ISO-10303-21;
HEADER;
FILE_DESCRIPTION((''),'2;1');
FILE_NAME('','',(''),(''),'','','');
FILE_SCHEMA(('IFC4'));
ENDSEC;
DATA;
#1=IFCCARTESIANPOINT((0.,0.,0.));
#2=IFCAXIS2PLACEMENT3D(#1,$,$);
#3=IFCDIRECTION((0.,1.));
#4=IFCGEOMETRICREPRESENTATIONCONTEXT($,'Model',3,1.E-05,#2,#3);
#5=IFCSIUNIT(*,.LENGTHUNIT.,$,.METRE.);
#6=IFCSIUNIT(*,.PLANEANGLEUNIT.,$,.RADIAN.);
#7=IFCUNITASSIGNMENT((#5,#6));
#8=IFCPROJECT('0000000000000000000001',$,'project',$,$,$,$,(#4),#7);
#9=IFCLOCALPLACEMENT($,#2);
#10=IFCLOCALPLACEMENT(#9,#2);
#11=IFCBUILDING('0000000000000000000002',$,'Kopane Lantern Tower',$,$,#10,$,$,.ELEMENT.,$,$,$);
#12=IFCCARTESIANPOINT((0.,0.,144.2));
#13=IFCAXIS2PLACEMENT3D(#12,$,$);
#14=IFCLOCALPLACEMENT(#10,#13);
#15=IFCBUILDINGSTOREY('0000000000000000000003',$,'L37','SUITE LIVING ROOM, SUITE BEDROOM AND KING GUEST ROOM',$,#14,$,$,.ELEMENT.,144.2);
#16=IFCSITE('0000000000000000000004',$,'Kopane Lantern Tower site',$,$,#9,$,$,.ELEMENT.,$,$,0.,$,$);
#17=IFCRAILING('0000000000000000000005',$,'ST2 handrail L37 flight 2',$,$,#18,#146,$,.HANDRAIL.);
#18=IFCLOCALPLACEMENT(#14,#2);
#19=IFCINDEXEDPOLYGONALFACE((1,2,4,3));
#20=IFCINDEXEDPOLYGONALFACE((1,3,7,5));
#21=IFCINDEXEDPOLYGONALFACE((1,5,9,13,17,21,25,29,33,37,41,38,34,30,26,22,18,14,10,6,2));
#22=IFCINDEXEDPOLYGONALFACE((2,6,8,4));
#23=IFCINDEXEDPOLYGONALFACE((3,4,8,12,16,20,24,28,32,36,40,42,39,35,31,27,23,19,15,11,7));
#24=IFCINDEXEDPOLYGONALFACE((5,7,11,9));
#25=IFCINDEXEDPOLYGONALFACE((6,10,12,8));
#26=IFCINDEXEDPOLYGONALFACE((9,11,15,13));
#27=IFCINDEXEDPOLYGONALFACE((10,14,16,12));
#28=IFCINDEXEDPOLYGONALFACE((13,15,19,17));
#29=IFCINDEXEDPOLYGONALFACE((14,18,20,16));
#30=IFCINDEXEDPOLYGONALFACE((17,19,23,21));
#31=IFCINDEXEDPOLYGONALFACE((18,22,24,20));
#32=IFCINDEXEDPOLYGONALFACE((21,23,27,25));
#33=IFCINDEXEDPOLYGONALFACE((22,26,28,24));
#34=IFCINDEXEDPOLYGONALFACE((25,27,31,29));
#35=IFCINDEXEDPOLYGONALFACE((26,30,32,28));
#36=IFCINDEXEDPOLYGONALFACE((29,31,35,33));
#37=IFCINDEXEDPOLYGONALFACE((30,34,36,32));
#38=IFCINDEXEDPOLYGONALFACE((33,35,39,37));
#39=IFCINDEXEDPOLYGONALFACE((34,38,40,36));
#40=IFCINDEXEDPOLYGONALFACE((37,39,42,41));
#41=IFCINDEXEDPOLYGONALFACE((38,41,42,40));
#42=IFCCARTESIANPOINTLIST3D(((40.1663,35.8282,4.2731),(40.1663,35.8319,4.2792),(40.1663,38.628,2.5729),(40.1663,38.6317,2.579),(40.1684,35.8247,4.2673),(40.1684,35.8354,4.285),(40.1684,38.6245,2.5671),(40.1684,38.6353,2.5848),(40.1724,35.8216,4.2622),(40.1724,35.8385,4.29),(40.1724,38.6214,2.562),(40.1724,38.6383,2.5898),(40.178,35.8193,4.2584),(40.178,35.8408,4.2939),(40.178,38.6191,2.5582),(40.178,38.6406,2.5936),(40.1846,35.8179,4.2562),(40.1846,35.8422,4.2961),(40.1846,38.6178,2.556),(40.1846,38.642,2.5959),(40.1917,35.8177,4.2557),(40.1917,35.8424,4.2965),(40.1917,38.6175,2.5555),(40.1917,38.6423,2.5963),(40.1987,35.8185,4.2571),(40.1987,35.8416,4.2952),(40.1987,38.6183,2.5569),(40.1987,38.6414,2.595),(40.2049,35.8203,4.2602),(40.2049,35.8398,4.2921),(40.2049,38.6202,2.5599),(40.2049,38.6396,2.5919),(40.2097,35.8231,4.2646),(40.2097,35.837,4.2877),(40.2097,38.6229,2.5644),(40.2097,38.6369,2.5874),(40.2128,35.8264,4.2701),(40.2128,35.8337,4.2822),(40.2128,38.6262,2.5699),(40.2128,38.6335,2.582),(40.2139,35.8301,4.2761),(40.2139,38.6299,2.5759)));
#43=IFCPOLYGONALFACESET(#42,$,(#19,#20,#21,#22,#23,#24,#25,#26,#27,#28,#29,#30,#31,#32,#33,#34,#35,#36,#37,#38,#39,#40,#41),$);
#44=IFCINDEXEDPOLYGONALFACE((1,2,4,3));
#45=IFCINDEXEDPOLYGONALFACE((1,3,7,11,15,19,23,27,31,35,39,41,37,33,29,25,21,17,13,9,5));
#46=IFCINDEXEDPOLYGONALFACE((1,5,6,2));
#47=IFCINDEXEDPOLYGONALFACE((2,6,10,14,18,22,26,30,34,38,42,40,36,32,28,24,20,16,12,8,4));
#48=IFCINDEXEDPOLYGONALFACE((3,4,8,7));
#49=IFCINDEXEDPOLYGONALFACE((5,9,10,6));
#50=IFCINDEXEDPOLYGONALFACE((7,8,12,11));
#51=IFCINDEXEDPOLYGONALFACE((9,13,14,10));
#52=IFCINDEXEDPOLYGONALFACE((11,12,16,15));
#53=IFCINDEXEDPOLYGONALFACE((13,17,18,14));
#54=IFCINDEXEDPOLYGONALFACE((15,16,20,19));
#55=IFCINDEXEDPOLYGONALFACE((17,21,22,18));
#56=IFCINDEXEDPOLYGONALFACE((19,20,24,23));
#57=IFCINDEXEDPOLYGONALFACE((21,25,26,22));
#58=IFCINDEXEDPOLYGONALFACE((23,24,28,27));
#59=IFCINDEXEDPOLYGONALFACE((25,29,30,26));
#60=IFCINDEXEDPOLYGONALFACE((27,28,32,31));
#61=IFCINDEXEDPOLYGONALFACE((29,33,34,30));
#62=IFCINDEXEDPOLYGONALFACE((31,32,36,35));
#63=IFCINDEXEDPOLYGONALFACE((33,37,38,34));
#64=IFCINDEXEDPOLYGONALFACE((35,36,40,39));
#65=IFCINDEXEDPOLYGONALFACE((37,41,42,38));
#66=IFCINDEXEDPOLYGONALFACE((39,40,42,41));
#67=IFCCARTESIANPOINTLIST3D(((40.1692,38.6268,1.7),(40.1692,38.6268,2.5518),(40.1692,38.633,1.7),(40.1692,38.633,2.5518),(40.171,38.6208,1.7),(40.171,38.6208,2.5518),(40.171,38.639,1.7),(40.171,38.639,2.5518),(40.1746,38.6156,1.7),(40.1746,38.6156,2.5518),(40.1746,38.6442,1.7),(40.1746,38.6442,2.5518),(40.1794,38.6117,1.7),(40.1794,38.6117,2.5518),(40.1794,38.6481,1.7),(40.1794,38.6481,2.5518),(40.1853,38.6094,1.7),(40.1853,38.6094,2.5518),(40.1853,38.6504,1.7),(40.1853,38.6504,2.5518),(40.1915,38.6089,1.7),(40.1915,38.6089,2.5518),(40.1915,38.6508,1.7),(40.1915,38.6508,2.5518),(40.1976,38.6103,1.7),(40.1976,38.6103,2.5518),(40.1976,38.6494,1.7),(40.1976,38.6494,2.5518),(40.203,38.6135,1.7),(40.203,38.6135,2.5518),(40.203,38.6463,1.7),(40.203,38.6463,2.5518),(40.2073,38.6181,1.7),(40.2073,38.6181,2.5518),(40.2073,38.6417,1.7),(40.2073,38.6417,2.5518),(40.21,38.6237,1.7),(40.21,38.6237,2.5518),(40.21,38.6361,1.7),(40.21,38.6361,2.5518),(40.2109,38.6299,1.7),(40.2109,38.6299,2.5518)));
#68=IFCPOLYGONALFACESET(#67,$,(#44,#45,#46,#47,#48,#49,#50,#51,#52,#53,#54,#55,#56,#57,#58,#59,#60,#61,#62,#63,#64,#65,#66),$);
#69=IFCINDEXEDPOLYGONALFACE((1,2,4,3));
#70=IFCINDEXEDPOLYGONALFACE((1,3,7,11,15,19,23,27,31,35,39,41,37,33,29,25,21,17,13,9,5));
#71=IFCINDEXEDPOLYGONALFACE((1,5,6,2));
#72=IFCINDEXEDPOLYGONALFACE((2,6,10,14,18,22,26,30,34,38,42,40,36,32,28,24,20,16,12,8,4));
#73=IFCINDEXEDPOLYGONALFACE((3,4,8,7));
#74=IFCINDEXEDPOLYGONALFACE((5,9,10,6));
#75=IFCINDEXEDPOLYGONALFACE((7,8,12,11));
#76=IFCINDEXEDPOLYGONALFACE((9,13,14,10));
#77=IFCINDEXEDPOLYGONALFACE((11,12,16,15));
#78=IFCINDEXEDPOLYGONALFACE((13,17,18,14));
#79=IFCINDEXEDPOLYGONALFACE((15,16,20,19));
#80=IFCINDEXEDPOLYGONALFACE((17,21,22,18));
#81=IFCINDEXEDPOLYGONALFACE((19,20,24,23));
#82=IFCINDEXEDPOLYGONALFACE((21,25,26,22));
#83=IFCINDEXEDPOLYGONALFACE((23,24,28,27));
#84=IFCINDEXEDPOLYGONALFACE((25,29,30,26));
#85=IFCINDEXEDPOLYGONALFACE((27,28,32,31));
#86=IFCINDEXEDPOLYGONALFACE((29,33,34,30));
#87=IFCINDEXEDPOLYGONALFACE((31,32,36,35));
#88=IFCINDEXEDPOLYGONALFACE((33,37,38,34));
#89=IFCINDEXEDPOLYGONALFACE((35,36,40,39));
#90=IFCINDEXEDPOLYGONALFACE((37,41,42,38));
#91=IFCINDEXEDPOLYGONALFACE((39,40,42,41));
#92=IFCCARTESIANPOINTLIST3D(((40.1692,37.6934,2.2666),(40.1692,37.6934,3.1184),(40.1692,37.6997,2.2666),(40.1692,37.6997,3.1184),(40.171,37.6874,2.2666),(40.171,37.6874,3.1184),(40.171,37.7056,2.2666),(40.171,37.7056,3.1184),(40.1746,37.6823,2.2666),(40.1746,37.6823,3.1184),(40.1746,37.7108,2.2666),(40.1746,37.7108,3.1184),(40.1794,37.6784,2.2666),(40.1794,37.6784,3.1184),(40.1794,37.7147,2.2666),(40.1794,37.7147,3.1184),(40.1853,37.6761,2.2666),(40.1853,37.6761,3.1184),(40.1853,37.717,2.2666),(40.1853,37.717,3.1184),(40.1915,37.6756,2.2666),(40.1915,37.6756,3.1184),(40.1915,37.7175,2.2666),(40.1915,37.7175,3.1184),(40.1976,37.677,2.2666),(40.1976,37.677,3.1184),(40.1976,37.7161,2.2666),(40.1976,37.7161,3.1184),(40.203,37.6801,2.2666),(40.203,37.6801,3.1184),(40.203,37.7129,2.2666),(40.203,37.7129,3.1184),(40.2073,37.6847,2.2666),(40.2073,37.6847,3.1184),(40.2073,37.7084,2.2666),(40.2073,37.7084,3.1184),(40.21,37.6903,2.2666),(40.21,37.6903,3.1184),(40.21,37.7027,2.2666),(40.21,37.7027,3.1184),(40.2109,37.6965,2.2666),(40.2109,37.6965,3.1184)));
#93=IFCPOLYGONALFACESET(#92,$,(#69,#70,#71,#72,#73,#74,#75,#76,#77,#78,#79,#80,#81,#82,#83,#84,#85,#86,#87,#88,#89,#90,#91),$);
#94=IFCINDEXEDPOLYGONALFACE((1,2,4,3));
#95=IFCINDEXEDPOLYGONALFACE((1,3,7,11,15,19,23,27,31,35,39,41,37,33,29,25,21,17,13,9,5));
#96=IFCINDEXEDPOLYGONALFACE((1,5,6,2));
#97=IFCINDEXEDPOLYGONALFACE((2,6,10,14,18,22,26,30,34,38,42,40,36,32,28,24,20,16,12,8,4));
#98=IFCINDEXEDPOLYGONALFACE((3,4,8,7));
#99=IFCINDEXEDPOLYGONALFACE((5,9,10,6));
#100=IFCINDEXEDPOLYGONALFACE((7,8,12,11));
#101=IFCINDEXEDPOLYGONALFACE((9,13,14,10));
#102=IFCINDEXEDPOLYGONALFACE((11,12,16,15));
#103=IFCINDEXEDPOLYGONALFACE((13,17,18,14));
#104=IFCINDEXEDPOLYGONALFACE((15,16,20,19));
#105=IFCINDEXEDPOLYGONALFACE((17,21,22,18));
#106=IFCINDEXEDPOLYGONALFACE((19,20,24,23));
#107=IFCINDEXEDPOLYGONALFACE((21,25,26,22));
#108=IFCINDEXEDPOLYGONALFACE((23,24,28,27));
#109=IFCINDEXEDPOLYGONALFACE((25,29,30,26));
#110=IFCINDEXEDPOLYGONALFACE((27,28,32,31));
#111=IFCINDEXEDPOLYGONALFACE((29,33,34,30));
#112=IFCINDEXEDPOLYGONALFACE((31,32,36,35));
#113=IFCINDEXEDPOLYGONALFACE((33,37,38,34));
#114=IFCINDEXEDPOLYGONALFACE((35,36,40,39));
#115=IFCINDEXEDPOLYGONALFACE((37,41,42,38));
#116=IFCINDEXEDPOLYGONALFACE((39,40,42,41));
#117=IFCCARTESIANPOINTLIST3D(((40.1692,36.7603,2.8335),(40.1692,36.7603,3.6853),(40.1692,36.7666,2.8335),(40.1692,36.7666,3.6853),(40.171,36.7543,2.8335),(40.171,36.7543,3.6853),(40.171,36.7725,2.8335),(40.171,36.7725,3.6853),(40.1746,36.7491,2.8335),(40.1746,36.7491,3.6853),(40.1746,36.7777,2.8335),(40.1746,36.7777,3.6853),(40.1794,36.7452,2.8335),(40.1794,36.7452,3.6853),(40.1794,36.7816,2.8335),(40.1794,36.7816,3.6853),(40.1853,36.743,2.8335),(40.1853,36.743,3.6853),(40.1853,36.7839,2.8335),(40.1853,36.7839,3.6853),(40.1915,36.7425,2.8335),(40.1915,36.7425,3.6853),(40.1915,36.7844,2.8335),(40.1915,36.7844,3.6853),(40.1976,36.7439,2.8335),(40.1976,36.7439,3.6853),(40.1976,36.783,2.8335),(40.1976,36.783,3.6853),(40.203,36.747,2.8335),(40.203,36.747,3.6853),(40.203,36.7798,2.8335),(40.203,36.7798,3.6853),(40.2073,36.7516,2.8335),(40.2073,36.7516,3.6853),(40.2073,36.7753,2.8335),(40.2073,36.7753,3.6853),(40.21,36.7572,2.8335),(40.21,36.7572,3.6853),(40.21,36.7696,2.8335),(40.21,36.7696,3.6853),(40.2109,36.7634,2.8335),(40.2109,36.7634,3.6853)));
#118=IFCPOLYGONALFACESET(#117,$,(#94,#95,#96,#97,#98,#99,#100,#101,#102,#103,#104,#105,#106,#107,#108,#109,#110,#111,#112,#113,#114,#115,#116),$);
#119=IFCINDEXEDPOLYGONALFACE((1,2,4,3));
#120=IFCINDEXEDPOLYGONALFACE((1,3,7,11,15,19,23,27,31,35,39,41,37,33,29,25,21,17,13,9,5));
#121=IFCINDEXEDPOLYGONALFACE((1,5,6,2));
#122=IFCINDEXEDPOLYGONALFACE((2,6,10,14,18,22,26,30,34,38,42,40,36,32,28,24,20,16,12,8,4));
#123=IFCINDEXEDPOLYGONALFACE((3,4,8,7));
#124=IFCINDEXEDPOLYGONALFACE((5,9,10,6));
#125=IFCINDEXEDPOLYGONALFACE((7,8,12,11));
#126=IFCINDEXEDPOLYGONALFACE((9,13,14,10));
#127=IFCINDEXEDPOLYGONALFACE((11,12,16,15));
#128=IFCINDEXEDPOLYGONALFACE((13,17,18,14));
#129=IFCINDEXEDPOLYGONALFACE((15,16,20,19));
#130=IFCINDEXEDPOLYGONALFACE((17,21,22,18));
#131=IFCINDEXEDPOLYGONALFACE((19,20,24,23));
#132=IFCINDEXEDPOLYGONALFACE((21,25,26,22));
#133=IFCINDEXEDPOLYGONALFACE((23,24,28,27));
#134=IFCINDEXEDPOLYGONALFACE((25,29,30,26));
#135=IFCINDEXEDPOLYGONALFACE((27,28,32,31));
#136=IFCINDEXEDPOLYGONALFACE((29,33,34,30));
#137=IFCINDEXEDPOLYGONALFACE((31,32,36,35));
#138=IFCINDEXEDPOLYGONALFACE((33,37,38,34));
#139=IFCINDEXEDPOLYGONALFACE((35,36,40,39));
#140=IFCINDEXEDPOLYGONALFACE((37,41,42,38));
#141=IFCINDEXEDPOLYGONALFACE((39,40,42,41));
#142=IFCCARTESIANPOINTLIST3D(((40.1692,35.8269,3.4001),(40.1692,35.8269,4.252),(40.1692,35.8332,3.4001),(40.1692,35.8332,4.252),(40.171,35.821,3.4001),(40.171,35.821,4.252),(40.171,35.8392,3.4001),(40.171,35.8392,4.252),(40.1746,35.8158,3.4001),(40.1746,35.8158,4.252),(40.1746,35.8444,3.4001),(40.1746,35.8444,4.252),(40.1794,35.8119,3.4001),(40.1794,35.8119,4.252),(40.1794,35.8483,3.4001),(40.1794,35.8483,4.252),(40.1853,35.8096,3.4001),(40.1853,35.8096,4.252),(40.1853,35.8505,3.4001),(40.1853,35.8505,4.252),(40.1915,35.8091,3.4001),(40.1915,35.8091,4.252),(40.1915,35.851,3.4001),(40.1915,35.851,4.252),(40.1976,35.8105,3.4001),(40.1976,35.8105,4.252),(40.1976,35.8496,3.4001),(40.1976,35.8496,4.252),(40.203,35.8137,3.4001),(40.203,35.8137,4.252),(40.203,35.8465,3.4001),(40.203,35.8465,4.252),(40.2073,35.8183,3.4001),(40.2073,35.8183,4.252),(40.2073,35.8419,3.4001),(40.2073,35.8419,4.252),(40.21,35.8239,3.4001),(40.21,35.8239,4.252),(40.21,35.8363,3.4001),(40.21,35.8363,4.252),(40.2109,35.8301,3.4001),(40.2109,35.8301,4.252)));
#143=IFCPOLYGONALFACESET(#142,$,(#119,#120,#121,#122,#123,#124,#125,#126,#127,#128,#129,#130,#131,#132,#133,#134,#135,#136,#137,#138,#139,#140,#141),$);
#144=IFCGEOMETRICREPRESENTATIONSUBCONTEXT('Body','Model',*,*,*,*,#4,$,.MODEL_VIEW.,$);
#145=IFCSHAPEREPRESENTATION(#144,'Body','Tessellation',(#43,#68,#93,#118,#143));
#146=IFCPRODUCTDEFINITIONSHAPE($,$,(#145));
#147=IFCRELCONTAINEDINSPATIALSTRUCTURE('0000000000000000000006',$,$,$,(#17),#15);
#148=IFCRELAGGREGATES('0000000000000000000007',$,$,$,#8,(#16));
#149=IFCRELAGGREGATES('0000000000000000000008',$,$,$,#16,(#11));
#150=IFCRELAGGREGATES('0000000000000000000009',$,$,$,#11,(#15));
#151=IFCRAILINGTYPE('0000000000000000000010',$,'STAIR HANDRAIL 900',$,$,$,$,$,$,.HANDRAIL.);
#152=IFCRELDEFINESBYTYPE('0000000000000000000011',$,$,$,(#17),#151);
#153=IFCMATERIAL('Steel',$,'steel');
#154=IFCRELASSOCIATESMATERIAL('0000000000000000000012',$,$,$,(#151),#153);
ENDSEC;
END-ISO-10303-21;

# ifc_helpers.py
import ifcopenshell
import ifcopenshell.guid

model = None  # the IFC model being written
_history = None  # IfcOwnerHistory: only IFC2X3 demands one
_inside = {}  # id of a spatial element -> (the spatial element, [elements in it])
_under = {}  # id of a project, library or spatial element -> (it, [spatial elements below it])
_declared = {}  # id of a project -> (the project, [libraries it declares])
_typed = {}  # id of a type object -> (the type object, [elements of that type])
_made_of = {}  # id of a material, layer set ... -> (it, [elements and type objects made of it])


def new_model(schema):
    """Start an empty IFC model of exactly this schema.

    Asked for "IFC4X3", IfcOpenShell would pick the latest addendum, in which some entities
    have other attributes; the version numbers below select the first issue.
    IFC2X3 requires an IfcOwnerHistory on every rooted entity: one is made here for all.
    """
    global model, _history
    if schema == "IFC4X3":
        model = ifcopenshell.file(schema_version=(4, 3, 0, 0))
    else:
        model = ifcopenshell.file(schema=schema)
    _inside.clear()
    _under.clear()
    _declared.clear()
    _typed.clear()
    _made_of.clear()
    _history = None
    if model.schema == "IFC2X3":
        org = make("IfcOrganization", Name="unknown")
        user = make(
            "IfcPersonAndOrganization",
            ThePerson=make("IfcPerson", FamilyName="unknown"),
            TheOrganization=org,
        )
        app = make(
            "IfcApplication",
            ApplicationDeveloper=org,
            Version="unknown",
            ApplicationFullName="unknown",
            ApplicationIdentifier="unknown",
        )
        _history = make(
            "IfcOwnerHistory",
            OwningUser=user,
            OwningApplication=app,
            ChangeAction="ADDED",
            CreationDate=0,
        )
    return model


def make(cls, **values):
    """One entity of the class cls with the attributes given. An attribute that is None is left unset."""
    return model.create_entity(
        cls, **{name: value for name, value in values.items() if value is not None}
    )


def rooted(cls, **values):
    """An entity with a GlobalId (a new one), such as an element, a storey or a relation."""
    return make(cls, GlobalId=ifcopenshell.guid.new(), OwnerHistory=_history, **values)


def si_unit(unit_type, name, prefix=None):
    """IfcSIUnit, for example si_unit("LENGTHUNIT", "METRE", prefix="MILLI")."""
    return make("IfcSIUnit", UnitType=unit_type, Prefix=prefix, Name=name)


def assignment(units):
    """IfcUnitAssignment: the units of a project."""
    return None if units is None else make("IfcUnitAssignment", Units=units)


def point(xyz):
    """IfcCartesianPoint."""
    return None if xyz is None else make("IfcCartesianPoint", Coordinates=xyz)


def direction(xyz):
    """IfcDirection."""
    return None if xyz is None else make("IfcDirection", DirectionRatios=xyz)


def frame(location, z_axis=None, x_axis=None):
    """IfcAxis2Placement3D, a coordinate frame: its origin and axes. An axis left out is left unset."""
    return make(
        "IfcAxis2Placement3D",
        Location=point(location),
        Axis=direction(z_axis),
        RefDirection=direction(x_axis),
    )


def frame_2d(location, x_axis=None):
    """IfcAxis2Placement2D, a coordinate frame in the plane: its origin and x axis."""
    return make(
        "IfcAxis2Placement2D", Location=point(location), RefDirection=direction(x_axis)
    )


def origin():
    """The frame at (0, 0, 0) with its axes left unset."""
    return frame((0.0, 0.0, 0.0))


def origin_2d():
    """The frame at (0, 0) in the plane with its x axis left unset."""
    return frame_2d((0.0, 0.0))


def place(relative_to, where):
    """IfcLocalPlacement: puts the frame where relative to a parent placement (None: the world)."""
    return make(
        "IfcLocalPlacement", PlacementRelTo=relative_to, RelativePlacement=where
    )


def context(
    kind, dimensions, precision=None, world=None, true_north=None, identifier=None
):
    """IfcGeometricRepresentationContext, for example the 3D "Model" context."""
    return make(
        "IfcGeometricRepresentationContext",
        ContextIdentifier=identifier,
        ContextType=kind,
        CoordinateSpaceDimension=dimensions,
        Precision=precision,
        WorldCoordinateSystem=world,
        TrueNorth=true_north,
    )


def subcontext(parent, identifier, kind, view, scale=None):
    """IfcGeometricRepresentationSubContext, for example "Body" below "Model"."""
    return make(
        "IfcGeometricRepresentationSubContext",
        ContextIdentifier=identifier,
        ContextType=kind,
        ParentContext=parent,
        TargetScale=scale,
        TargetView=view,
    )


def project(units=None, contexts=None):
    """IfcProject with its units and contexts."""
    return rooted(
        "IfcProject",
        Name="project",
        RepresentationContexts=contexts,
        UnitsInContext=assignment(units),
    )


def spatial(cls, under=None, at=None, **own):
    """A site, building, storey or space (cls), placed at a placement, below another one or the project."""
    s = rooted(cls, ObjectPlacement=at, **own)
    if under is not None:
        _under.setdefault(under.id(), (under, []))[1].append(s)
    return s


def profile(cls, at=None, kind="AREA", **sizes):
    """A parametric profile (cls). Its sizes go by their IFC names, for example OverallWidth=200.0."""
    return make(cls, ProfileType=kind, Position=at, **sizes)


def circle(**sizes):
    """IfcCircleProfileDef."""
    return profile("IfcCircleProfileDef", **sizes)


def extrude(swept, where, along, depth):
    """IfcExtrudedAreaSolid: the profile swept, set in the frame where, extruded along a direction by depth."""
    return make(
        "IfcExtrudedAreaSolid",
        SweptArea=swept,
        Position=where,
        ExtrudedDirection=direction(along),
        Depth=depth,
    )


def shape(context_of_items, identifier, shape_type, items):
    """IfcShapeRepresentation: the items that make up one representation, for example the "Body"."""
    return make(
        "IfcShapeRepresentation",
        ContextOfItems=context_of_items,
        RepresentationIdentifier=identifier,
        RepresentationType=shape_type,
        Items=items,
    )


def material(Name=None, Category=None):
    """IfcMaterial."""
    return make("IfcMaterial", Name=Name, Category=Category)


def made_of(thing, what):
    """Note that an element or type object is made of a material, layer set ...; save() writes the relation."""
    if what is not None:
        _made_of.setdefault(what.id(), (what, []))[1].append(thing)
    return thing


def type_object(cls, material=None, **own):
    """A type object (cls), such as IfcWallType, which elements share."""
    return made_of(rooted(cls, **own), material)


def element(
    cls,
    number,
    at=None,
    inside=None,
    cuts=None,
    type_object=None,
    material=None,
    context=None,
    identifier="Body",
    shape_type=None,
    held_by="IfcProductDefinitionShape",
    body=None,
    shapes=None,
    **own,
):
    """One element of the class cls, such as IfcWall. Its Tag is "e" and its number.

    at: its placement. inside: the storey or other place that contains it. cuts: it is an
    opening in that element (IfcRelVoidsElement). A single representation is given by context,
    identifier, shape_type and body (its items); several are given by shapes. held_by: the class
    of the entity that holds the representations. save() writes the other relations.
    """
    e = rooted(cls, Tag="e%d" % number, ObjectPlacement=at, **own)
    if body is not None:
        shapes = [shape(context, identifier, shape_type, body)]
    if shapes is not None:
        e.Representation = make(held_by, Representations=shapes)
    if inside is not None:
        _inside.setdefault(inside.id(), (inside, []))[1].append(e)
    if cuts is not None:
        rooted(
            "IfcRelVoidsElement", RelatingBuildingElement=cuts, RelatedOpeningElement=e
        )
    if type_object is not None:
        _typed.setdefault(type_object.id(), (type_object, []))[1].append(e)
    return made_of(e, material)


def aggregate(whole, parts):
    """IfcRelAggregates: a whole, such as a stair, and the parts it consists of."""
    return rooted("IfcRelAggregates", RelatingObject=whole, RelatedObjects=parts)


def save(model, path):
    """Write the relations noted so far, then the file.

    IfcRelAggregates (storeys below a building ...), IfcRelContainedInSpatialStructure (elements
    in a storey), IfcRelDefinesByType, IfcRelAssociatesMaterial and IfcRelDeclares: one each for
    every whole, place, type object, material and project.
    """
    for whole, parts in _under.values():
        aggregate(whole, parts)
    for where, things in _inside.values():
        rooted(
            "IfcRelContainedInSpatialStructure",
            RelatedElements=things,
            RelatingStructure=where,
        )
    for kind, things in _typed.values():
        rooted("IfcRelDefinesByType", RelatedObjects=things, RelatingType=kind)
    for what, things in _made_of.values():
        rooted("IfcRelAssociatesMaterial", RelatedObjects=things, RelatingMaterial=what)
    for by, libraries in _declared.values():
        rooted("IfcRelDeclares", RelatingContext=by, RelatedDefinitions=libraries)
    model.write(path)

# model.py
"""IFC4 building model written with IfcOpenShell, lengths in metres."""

from ifc_helpers import new_model, si_unit, direction, frame, origin, origin_2d, place, context, subcontext, project, spatial, circle, extrude, material, type_object, element, save


model = new_model("IFC4")

# Units and contexts
model_context = context("Model", 3, precision=1e-05, world=origin(), true_north=direction((0.0, 1.0)))
body_context = subcontext(model_context, "Body", "Model", "MODEL_VIEW")
ifc_project = project(units=[si_unit("LENGTHUNIT", "METRE"), si_unit("PLANEANGLEUNIT", "RADIAN")], contexts=[model_context])

# Site, building, storey
site_placement = place(None, origin())
site = spatial("IfcSite", under=ifc_project, at=site_placement, Name="Kopane Lantern Tower site", CompositionType="ELEMENT", RefElevation=0.0)
building_placement = place(site_placement, origin())
building = spatial("IfcBuilding", under=site, at=building_placement, Name="Kopane Lantern Tower", CompositionType="ELEMENT")
storey_placement = place(building_placement, frame((0.0, 0.0, 144.2)))
storey = spatial("IfcBuildingStorey", under=building, at=storey_placement, Name="L37", Description="SUITE LIVING ROOM, SUITE BEDROOM AND KING GUEST ROOM", CompositionType="ELEMENT", Elevation=144.2)

# Railing
ifc_material_1 = material(Name="Steel", Category="steel")
railing_type_1 = type_object("IfcRailingType", Name="STAIR HANDRAIL 900", PredefinedType="HANDRAIL", material=ifc_material_1)
for number, where, name in (
    (1, (40.1899, 38.6299, 1.7), "ST2 handrail L37 flight 2"),
):
    element("IfcRailing", number, at=place(storey_placement, frame(where)), inside=storey, type_object=railing_type_1, Name=name, PredefinedType="HANDRAIL", context=body_context, shape_type="SweptSolid", body=[
        extrude(circle(Radius=0.0239, at=origin_2d()), frame((0.0, 0.0, 0.876), z_axis=(0.0, -0.854745, 0.519048), x_axis=(1.0, 0.0, 0.0)), (0.0, 0.0, 1.0), 3.2756),
        extrude(circle(Radius=0.021, at=origin_2d()), origin(), (0.0, 0.0, 1.0), 0.8518),
        extrude(circle(Radius=0.021, at=origin_2d()), frame((0.0, -0.9333, 0.5667)), (0.0, 0.0, 1.0), 0.8518),
        extrude(circle(Radius=0.021, at=origin_2d()), frame((0.0, -1.8665, 1.1335)), (0.0, 0.0, 1.0), 0.8518),
        extrude(circle(Radius=0.021, at=origin_2d()), frame((0.0, -2.7998, 1.7002)), (0.0, 0.0, 1.0), 0.8518),
    ])

save(model, "model.ifc")
